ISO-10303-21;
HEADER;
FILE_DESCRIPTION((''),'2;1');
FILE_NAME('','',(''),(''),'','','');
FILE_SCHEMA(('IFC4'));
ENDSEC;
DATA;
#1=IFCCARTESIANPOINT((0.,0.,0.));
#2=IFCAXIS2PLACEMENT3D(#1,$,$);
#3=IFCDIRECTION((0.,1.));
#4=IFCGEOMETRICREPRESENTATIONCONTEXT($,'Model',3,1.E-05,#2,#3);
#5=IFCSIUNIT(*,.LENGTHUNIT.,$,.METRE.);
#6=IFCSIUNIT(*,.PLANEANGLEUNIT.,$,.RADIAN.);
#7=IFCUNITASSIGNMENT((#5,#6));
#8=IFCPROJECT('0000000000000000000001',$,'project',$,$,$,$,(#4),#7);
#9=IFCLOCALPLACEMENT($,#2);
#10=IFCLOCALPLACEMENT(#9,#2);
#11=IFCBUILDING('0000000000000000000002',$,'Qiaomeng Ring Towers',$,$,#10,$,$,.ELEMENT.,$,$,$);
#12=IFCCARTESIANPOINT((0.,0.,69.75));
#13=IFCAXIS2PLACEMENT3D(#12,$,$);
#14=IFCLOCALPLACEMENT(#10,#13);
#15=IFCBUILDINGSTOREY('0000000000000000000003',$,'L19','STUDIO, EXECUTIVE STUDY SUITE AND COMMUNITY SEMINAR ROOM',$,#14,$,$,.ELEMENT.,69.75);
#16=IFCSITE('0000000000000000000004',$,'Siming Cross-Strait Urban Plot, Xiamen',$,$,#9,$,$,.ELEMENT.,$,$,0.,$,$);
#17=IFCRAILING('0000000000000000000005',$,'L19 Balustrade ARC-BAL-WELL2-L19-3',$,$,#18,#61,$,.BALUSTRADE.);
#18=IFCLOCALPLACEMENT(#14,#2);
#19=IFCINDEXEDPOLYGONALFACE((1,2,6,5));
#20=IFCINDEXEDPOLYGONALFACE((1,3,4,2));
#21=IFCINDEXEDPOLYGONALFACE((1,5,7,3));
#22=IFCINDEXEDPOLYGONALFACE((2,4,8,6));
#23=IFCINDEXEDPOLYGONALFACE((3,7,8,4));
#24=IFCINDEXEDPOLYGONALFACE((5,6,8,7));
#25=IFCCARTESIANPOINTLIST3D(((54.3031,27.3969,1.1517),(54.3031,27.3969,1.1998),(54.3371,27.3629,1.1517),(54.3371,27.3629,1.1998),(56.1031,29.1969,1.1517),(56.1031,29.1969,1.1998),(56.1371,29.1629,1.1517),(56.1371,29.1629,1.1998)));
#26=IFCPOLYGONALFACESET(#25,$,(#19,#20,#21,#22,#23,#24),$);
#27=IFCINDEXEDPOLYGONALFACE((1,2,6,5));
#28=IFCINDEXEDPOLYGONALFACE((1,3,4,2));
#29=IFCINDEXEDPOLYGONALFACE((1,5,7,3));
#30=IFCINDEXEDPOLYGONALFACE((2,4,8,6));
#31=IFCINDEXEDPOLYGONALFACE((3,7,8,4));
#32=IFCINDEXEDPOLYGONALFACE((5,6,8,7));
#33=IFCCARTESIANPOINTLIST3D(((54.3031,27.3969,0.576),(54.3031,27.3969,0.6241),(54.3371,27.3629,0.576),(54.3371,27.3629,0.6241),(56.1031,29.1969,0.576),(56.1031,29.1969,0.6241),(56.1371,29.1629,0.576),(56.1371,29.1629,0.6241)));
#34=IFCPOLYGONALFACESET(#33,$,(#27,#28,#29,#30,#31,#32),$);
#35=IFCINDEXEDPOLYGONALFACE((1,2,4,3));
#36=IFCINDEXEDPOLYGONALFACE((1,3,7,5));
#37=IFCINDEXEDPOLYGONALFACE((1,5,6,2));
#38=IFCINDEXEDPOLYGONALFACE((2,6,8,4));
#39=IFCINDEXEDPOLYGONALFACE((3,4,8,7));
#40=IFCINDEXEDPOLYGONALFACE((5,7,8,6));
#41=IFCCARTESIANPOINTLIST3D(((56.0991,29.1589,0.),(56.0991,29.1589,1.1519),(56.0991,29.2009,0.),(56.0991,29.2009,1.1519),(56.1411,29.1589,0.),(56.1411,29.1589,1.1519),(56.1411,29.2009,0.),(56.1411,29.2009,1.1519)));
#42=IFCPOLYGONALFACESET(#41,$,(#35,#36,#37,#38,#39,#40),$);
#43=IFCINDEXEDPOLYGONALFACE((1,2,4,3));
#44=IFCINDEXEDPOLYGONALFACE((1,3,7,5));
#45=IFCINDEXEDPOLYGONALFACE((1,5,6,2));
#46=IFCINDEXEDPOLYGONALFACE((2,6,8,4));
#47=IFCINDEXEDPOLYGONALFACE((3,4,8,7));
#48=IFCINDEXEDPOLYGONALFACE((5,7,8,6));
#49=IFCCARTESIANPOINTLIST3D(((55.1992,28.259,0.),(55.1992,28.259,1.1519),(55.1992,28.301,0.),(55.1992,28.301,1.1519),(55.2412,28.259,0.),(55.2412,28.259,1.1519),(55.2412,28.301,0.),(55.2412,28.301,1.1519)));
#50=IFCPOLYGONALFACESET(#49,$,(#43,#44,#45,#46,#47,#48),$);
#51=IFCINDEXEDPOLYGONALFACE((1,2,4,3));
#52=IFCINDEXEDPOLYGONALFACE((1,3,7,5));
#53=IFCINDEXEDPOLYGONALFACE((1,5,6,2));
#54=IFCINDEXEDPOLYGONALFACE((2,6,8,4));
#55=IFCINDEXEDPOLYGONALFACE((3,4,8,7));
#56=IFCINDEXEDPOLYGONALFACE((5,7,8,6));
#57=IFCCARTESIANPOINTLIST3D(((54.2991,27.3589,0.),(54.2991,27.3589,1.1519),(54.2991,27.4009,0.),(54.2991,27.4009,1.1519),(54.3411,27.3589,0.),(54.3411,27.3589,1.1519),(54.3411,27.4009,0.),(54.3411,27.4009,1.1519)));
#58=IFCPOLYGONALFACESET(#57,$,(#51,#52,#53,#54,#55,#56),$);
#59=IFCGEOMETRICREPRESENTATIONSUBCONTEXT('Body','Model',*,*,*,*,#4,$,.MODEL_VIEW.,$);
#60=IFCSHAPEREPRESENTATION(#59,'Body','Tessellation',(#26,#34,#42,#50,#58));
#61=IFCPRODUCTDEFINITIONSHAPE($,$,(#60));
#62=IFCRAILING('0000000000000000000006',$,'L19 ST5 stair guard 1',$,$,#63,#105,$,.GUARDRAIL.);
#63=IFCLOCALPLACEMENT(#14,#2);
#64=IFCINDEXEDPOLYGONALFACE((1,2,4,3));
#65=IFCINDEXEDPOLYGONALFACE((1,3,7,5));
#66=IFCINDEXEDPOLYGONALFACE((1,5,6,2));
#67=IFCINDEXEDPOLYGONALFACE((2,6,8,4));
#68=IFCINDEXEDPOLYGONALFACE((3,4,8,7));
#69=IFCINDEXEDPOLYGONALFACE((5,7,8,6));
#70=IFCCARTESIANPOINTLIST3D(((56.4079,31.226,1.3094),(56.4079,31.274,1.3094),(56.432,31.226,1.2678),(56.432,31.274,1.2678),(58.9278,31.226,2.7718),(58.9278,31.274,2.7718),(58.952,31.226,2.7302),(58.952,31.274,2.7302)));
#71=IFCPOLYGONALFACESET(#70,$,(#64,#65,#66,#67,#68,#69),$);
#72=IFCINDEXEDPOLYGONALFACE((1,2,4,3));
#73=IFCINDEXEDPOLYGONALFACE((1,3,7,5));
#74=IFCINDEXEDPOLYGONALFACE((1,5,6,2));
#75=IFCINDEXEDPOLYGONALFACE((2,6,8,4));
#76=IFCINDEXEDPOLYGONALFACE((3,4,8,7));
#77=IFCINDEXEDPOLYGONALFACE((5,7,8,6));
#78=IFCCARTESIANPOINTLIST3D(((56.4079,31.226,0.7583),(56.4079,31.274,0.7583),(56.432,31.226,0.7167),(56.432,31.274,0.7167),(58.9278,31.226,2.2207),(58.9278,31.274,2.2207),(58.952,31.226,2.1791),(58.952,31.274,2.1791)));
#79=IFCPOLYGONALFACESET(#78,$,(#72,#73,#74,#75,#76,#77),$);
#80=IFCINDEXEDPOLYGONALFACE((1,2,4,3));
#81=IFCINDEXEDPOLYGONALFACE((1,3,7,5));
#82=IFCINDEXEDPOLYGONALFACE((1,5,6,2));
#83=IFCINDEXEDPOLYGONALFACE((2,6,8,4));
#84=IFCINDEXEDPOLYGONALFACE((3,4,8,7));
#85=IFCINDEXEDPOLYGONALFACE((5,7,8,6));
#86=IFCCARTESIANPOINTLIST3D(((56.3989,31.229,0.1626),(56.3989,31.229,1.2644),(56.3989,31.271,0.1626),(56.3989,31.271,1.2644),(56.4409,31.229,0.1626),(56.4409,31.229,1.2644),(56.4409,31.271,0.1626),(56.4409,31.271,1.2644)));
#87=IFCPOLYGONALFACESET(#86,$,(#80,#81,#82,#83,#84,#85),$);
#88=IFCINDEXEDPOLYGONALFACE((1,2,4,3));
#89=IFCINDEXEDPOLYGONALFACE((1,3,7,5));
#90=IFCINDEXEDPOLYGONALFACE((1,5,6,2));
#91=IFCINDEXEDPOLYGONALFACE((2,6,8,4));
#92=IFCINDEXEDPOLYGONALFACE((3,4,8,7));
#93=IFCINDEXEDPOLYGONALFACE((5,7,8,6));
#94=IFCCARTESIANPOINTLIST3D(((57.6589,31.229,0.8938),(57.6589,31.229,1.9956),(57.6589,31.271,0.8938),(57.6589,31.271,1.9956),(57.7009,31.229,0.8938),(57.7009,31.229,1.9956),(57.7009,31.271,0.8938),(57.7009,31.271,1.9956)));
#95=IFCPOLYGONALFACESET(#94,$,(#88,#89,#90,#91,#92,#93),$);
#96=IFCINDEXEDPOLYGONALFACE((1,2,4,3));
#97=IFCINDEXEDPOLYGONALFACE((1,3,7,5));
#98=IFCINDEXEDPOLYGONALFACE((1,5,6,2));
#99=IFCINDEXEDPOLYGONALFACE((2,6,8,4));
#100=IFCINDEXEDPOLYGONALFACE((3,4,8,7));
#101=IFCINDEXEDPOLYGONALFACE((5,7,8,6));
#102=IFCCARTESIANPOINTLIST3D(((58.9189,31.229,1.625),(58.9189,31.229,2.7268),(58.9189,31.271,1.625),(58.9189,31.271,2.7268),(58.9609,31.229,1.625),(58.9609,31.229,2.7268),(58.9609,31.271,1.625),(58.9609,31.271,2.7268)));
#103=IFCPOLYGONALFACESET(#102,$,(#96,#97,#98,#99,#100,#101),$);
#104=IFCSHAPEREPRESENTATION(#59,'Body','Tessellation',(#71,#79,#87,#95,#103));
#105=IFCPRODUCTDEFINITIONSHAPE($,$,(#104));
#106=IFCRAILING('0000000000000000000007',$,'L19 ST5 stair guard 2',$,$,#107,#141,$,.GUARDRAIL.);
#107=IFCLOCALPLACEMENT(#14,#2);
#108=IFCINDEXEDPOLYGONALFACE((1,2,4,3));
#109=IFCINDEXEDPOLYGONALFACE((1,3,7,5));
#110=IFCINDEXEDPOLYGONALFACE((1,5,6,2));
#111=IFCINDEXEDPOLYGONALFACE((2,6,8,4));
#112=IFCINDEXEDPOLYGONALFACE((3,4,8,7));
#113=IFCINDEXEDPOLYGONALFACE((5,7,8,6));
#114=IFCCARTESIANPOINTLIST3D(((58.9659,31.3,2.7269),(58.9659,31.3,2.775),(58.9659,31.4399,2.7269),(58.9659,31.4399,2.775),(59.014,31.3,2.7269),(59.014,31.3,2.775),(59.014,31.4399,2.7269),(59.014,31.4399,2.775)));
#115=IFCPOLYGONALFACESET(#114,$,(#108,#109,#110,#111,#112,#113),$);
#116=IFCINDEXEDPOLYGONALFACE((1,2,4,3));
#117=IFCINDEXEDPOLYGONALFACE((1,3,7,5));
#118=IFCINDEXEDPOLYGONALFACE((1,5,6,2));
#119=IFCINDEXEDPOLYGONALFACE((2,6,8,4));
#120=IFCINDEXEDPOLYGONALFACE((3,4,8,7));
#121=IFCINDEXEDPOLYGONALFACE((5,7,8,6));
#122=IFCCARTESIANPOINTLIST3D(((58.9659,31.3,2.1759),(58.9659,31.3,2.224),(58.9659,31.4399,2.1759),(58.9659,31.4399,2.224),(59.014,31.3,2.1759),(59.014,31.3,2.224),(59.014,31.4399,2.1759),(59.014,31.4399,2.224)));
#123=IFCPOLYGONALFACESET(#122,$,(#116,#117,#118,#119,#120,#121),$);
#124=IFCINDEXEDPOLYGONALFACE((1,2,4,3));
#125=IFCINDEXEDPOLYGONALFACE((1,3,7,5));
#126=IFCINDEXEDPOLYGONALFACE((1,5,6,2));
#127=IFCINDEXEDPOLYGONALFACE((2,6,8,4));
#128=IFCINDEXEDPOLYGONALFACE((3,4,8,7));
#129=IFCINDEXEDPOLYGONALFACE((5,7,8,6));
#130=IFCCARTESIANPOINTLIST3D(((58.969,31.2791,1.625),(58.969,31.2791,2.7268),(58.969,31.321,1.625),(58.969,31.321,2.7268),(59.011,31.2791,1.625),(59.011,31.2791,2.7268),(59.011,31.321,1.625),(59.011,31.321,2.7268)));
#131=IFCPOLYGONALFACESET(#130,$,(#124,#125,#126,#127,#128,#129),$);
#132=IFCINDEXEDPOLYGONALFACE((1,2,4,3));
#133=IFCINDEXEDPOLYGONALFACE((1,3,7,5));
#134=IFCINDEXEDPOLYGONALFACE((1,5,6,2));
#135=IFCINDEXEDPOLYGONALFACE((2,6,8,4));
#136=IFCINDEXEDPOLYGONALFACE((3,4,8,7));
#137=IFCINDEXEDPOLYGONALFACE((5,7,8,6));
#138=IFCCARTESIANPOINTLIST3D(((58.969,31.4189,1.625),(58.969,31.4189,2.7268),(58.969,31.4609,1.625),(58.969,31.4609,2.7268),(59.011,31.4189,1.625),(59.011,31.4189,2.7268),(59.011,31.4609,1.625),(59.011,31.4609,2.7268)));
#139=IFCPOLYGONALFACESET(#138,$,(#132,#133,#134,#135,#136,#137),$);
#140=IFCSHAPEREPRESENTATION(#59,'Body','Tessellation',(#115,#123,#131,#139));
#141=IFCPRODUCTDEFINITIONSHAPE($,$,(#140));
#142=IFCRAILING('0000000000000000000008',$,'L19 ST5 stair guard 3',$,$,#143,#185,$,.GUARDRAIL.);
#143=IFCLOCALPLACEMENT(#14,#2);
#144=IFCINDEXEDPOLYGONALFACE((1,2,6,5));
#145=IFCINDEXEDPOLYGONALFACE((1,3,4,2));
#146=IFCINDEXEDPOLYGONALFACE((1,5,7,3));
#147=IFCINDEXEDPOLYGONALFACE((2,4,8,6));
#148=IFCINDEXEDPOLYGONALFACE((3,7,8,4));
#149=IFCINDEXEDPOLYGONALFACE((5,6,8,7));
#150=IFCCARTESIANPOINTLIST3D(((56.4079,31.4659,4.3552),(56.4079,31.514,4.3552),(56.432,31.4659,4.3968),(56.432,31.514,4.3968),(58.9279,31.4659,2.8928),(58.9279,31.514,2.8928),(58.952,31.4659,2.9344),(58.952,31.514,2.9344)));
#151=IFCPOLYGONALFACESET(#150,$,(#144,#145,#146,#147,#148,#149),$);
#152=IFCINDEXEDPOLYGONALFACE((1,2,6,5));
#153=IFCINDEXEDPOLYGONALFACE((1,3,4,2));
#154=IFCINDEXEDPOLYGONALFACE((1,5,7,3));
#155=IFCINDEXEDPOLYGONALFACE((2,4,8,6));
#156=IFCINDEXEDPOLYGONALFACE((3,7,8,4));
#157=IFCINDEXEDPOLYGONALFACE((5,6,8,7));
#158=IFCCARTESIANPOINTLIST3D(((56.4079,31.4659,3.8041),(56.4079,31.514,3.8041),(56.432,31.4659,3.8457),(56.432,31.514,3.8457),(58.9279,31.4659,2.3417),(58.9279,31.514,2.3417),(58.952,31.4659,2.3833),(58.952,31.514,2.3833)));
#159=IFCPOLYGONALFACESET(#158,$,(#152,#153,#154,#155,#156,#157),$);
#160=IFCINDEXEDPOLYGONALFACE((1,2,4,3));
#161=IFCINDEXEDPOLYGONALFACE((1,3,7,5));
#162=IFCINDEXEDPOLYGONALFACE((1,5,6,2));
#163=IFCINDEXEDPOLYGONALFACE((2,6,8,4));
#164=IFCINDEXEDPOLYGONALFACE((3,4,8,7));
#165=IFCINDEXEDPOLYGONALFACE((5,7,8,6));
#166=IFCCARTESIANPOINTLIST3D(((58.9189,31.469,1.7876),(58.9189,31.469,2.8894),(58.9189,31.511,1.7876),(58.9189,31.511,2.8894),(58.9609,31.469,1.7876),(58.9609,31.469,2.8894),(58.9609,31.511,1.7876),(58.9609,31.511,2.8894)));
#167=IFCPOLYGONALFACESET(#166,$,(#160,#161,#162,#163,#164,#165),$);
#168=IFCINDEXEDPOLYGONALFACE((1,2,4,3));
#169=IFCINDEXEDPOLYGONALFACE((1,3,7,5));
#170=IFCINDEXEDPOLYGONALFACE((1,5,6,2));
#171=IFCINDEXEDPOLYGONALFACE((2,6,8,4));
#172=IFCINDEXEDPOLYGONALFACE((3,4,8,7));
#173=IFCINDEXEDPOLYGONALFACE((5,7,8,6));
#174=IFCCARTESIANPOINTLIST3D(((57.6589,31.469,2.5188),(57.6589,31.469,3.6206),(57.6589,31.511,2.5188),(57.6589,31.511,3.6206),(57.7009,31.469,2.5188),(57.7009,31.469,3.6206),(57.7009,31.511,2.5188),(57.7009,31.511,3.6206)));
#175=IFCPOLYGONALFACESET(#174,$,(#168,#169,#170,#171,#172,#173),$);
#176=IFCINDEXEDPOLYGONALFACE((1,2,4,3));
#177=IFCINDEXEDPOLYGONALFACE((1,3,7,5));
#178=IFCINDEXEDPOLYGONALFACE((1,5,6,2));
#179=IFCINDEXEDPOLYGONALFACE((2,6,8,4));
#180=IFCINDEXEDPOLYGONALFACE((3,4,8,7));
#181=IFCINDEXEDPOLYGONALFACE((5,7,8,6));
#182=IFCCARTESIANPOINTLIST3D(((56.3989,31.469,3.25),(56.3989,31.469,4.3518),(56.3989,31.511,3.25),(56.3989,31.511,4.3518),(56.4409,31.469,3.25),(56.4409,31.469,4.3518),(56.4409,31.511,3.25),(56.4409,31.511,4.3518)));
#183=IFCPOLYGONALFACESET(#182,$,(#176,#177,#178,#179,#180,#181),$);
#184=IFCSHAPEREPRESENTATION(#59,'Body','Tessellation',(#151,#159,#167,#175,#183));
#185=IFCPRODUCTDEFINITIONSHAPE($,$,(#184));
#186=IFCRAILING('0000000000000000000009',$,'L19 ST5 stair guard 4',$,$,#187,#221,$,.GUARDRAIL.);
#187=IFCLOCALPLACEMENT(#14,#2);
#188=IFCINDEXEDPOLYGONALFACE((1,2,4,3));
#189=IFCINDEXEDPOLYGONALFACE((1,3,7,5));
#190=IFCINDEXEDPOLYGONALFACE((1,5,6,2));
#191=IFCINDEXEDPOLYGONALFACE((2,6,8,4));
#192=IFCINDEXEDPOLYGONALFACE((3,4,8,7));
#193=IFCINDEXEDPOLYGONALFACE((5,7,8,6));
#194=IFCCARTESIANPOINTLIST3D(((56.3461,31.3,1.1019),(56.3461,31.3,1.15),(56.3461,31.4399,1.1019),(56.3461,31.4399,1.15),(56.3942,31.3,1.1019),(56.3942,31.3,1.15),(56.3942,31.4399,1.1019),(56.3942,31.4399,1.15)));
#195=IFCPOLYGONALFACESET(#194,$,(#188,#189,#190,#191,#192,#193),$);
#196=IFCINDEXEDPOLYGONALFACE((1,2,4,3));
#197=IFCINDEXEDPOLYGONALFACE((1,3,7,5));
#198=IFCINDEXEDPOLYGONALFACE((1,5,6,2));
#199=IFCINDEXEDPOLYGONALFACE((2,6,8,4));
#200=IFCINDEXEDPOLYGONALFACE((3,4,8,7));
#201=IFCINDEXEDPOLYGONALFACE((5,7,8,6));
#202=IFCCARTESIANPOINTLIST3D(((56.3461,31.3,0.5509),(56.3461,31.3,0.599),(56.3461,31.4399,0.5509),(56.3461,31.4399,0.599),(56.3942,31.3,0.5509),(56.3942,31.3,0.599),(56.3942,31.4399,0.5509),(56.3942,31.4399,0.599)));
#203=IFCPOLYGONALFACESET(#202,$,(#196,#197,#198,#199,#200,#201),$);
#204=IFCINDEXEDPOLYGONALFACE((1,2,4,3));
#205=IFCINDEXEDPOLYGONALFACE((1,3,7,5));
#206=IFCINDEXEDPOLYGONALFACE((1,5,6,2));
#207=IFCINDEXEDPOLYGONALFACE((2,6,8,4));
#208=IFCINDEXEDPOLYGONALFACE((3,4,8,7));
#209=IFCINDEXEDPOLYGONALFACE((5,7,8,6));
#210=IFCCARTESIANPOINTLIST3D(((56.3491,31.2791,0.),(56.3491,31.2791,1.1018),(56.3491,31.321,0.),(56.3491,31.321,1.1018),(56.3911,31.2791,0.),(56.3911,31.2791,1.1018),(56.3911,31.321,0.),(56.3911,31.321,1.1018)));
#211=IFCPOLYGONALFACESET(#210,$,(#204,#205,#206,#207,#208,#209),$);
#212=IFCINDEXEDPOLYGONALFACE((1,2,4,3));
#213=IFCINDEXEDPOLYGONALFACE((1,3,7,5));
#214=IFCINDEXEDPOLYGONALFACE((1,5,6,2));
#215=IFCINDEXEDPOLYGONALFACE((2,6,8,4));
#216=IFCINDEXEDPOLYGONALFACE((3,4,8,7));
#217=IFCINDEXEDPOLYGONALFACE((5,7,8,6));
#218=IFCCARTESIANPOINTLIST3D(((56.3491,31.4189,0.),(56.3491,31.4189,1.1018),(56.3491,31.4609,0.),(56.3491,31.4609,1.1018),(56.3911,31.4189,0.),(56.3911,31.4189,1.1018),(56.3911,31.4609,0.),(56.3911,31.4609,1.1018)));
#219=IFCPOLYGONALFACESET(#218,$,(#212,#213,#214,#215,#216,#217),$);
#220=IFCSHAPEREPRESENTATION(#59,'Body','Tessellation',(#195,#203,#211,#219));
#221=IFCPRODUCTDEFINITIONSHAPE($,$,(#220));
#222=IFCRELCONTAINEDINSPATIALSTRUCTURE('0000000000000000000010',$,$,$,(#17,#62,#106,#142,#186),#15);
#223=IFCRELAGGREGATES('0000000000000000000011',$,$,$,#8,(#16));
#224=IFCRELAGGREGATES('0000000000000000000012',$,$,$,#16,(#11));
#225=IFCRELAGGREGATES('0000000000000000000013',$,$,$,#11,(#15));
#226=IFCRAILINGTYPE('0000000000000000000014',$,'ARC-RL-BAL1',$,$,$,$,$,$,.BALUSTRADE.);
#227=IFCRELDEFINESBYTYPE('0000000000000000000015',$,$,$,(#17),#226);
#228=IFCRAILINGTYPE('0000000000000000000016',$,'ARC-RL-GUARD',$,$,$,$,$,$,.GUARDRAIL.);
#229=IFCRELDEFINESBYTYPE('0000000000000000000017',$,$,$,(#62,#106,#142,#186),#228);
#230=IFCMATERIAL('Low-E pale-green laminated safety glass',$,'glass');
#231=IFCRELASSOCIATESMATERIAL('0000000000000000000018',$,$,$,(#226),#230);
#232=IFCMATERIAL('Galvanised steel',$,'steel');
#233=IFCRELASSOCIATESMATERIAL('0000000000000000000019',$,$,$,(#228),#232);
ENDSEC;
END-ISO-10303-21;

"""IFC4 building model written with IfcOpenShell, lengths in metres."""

from ifc_helpers import new_model, si_unit, direction, frame, origin, origin_2d, place, context, subcontext, project, spatial, rectangle, extrude, material, type_object, element, save


model = new_model("IFC4")

# Units and contexts
model_context = context("Model", 3, precision=1e-05, world=origin(), true_north=direction((0.0, 1.0)))
body_context = subcontext(model_context, "Body", "Model", "MODEL_VIEW")
ifc_project = project(units=[si_unit("LENGTHUNIT", "METRE"), si_unit("PLANEANGLEUNIT", "RADIAN")], contexts=[model_context])

# Site, building, storey
site_placement = place(None, origin())
site = spatial("IfcSite", under=ifc_project, at=site_placement, Name="Siming Cross-Strait Urban Plot, Xiamen", CompositionType="ELEMENT", RefElevation=0.0)
building_placement = place(site_placement, origin())
building = spatial("IfcBuilding", under=site, at=building_placement, Name="Qiaomeng Ring Towers", CompositionType="ELEMENT")
storey_placement = place(building_placement, frame((0.0, 0.0, 69.75)))
storey = spatial("IfcBuildingStorey", under=building, at=storey_placement, Name="L19", Description="STUDIO, EXECUTIVE STUDY SUITE AND COMMUNITY SEMINAR ROOM", CompositionType="ELEMENT", Elevation=69.75)

# Shared definitions
ifc_material_1 = material(Name="Galvanised steel", Category="steel")

# Railings
ifc_material_2 = material(Name="Low-E pale-green laminated safety glass", Category="glass")
railing_type_1 = type_object("IfcRailingType", Name="ARC-RL-BAL1", PredefinedType="BALUSTRADE", material=ifc_material_2)
railing_1_placement = place(storey_placement, frame((56.1201, 29.1799, 0.0)))
element("IfcRailing", 1, at=railing_1_placement, inside=storey, type_object=railing_type_1, Name="L19 Balustrade ARC-BAL-WELL2-L19-3", PredefinedType="BALUSTRADE", context=body_context, shape_type="SweptSolid", body=[
    extrude(rectangle(XDim=0.0481, YDim=0.0481, at=origin_2d()), frame((0.0, 0.0, 1.1758), z_axis=(-0.707107, -0.707107, 0.0), x_axis=(0.707107, -0.707107, 0.0)), (0.0, 0.0, 1.0), 2.5457),
    extrude(rectangle(XDim=0.0481, YDim=0.0481, at=origin_2d()), frame((0.0, 0.0, 0.6001), z_axis=(-0.707107, -0.707107, 0.0), x_axis=(0.707107, -0.707107, 0.0)), (0.0, 0.0, 1.0), 2.5457),
    extrude(rectangle(XDim=0.042, YDim=0.042, at=origin_2d()), origin(), (0.0, 0.0, 1.0), 1.1519),
    extrude(rectangle(XDim=0.042, YDim=0.042, at=origin_2d()), frame((-0.8999, -0.8999, 0.0)), (0.0, 0.0, 1.0), 1.1519),
    extrude(rectangle(XDim=0.042, YDim=0.042, at=origin_2d()), frame((-1.8, -1.8, 0.0)), (0.0, 0.0, 1.0), 1.1519),
])
railing_type_2 = type_object("IfcRailingType", Name="ARC-RL-GUARD", PredefinedType="GUARDRAIL", material=ifc_material_1)
railing_2_placement = place(storey_placement, frame((56.4199, 31.25, 0.1626)))
element("IfcRailing", 2, at=railing_2_placement, inside=storey, type_object=railing_type_2, Name="L19 ST5 stair guard 1", PredefinedType="GUARDRAIL", context=body_context, shape_type="SweptSolid", body=[
    extrude(rectangle(XDim=0.0481, YDim=0.0481, at=origin_2d()), frame((0.0, 0.0, 1.126), z_axis=(0.864913, 0.0, 0.501921), x_axis=(0.0, 1.0, 0.0)), (0.0, 0.0, 1.0), 2.9136),
    extrude(rectangle(XDim=0.0481, YDim=0.0481, at=origin_2d()), frame((0.0, 0.0, 0.575), z_axis=(0.864913, 0.0, 0.501921), x_axis=(0.0, 1.0, 0.0)), (0.0, 0.0, 1.0), 2.9136),
    extrude(rectangle(XDim=0.042, YDim=0.042, at=origin_2d()), origin(), (0.0, 0.0, 1.0), 1.1018),
    extrude(rectangle(XDim=0.042, YDim=0.042, at=origin_2d()), frame((1.26, 0.0, 0.7312)), (0.0, 0.0, 1.0), 1.1018),
    extrude(rectangle(XDim=0.042, YDim=0.042, at=origin_2d()), frame((2.52, 0.0, 1.4624)), (0.0, 0.0, 1.0), 1.1018),
])
railing_3_placement = place(storey_placement, frame((58.99, 31.3, 1.625)))
element("IfcRailing", 3, at=railing_3_placement, inside=storey, type_object=railing_type_2, Name="L19 ST5 stair guard 2", PredefinedType="GUARDRAIL", context=body_context, shape_type="SweptSolid", body=[
    extrude(rectangle(XDim=0.0481, YDim=0.0481, at=origin_2d()), frame((0.0, 0.0, 1.126), z_axis=(0.0, 1.0, 0.0), x_axis=(-1.0, 0.0, 0.0)), (0.0, 0.0, 1.0), 0.1399),
    extrude(rectangle(XDim=0.0481, YDim=0.0481, at=origin_2d()), frame((0.0, 0.0, 0.575), z_axis=(0.0, 1.0, 0.0), x_axis=(-1.0, 0.0, 0.0)), (0.0, 0.0, 1.0), 0.1399),
    extrude(rectangle(XDim=0.042, YDim=0.042, at=origin_2d()), origin(), (0.0, 0.0, 1.0), 1.1018),
    extrude(rectangle(XDim=0.042, YDim=0.042, at=origin_2d()), frame((0.0, 0.1399, 0.0)), (0.0, 0.0, 1.0), 1.1018),
])
railing_4_placement = place(storey_placement, frame((58.9399, 31.49, 1.7876)))
element("IfcRailing", 4, at=railing_4_placement, inside=storey, type_object=railing_type_2, Name="L19 ST5 stair guard 3", PredefinedType="GUARDRAIL", context=body_context, shape_type="SweptSolid", body=[
    extrude(rectangle(XDim=0.0481, YDim=0.0481, at=origin_2d()), frame((0.0, 0.0, 1.126), z_axis=(-0.864913, 0.0, 0.501921), x_axis=(0.0, -1.0, 0.0)), (0.0, 0.0, 1.0), 2.9136),
    extrude(rectangle(XDim=0.0481, YDim=0.0481, at=origin_2d()), frame((0.0, 0.0, 0.575), z_axis=(-0.864913, 0.0, 0.501921), x_axis=(0.0, -1.0, 0.0)), (0.0, 0.0, 1.0), 2.9136),
    extrude(rectangle(XDim=0.042, YDim=0.042, at=origin_2d()), origin(), (0.0, 0.0, 1.0), 1.1018),
    extrude(rectangle(XDim=0.042, YDim=0.042, at=origin_2d()), frame((-1.26, 0.0, 0.7312)), (0.0, 0.0, 1.0), 1.1018),
    extrude(rectangle(XDim=0.042, YDim=0.042, at=origin_2d()), frame((-2.52, 0.0, 1.4624)), (0.0, 0.0, 1.0), 1.1018),
])
railing_5_placement = place(storey_placement, frame((56.3701, 31.3, 0.0)))
element("IfcRailing", 5, at=railing_5_placement, inside=storey, type_object=railing_type_2, Name="L19 ST5 stair guard 4", PredefinedType="GUARDRAIL", context=body_context, shape_type="SweptSolid", body=[
    extrude(rectangle(XDim=0.0481, YDim=0.0481, at=origin_2d()), frame((0.0, 0.0, 1.126), z_axis=(0.0, 1.0, 0.0), x_axis=(-1.0, 0.0, 0.0)), (0.0, 0.0, 1.0), 0.1399),
    extrude(rectangle(XDim=0.0481, YDim=0.0481, at=origin_2d()), frame((0.0, 0.0, 0.575), z_axis=(0.0, 1.0, 0.0), x_axis=(-1.0, 0.0, 0.0)), (0.0, 0.0, 1.0), 0.1399),
    extrude(rectangle(XDim=0.042, YDim=0.042, at=origin_2d()), origin(), (0.0, 0.0, 1.0), 1.1018),
    extrude(rectangle(XDim=0.042, YDim=0.042, at=origin_2d()), frame((0.0, 0.1399, 0.0)), (0.0, 0.0, 1.0), 1.1018),
])

save(model, "model.ifc")
